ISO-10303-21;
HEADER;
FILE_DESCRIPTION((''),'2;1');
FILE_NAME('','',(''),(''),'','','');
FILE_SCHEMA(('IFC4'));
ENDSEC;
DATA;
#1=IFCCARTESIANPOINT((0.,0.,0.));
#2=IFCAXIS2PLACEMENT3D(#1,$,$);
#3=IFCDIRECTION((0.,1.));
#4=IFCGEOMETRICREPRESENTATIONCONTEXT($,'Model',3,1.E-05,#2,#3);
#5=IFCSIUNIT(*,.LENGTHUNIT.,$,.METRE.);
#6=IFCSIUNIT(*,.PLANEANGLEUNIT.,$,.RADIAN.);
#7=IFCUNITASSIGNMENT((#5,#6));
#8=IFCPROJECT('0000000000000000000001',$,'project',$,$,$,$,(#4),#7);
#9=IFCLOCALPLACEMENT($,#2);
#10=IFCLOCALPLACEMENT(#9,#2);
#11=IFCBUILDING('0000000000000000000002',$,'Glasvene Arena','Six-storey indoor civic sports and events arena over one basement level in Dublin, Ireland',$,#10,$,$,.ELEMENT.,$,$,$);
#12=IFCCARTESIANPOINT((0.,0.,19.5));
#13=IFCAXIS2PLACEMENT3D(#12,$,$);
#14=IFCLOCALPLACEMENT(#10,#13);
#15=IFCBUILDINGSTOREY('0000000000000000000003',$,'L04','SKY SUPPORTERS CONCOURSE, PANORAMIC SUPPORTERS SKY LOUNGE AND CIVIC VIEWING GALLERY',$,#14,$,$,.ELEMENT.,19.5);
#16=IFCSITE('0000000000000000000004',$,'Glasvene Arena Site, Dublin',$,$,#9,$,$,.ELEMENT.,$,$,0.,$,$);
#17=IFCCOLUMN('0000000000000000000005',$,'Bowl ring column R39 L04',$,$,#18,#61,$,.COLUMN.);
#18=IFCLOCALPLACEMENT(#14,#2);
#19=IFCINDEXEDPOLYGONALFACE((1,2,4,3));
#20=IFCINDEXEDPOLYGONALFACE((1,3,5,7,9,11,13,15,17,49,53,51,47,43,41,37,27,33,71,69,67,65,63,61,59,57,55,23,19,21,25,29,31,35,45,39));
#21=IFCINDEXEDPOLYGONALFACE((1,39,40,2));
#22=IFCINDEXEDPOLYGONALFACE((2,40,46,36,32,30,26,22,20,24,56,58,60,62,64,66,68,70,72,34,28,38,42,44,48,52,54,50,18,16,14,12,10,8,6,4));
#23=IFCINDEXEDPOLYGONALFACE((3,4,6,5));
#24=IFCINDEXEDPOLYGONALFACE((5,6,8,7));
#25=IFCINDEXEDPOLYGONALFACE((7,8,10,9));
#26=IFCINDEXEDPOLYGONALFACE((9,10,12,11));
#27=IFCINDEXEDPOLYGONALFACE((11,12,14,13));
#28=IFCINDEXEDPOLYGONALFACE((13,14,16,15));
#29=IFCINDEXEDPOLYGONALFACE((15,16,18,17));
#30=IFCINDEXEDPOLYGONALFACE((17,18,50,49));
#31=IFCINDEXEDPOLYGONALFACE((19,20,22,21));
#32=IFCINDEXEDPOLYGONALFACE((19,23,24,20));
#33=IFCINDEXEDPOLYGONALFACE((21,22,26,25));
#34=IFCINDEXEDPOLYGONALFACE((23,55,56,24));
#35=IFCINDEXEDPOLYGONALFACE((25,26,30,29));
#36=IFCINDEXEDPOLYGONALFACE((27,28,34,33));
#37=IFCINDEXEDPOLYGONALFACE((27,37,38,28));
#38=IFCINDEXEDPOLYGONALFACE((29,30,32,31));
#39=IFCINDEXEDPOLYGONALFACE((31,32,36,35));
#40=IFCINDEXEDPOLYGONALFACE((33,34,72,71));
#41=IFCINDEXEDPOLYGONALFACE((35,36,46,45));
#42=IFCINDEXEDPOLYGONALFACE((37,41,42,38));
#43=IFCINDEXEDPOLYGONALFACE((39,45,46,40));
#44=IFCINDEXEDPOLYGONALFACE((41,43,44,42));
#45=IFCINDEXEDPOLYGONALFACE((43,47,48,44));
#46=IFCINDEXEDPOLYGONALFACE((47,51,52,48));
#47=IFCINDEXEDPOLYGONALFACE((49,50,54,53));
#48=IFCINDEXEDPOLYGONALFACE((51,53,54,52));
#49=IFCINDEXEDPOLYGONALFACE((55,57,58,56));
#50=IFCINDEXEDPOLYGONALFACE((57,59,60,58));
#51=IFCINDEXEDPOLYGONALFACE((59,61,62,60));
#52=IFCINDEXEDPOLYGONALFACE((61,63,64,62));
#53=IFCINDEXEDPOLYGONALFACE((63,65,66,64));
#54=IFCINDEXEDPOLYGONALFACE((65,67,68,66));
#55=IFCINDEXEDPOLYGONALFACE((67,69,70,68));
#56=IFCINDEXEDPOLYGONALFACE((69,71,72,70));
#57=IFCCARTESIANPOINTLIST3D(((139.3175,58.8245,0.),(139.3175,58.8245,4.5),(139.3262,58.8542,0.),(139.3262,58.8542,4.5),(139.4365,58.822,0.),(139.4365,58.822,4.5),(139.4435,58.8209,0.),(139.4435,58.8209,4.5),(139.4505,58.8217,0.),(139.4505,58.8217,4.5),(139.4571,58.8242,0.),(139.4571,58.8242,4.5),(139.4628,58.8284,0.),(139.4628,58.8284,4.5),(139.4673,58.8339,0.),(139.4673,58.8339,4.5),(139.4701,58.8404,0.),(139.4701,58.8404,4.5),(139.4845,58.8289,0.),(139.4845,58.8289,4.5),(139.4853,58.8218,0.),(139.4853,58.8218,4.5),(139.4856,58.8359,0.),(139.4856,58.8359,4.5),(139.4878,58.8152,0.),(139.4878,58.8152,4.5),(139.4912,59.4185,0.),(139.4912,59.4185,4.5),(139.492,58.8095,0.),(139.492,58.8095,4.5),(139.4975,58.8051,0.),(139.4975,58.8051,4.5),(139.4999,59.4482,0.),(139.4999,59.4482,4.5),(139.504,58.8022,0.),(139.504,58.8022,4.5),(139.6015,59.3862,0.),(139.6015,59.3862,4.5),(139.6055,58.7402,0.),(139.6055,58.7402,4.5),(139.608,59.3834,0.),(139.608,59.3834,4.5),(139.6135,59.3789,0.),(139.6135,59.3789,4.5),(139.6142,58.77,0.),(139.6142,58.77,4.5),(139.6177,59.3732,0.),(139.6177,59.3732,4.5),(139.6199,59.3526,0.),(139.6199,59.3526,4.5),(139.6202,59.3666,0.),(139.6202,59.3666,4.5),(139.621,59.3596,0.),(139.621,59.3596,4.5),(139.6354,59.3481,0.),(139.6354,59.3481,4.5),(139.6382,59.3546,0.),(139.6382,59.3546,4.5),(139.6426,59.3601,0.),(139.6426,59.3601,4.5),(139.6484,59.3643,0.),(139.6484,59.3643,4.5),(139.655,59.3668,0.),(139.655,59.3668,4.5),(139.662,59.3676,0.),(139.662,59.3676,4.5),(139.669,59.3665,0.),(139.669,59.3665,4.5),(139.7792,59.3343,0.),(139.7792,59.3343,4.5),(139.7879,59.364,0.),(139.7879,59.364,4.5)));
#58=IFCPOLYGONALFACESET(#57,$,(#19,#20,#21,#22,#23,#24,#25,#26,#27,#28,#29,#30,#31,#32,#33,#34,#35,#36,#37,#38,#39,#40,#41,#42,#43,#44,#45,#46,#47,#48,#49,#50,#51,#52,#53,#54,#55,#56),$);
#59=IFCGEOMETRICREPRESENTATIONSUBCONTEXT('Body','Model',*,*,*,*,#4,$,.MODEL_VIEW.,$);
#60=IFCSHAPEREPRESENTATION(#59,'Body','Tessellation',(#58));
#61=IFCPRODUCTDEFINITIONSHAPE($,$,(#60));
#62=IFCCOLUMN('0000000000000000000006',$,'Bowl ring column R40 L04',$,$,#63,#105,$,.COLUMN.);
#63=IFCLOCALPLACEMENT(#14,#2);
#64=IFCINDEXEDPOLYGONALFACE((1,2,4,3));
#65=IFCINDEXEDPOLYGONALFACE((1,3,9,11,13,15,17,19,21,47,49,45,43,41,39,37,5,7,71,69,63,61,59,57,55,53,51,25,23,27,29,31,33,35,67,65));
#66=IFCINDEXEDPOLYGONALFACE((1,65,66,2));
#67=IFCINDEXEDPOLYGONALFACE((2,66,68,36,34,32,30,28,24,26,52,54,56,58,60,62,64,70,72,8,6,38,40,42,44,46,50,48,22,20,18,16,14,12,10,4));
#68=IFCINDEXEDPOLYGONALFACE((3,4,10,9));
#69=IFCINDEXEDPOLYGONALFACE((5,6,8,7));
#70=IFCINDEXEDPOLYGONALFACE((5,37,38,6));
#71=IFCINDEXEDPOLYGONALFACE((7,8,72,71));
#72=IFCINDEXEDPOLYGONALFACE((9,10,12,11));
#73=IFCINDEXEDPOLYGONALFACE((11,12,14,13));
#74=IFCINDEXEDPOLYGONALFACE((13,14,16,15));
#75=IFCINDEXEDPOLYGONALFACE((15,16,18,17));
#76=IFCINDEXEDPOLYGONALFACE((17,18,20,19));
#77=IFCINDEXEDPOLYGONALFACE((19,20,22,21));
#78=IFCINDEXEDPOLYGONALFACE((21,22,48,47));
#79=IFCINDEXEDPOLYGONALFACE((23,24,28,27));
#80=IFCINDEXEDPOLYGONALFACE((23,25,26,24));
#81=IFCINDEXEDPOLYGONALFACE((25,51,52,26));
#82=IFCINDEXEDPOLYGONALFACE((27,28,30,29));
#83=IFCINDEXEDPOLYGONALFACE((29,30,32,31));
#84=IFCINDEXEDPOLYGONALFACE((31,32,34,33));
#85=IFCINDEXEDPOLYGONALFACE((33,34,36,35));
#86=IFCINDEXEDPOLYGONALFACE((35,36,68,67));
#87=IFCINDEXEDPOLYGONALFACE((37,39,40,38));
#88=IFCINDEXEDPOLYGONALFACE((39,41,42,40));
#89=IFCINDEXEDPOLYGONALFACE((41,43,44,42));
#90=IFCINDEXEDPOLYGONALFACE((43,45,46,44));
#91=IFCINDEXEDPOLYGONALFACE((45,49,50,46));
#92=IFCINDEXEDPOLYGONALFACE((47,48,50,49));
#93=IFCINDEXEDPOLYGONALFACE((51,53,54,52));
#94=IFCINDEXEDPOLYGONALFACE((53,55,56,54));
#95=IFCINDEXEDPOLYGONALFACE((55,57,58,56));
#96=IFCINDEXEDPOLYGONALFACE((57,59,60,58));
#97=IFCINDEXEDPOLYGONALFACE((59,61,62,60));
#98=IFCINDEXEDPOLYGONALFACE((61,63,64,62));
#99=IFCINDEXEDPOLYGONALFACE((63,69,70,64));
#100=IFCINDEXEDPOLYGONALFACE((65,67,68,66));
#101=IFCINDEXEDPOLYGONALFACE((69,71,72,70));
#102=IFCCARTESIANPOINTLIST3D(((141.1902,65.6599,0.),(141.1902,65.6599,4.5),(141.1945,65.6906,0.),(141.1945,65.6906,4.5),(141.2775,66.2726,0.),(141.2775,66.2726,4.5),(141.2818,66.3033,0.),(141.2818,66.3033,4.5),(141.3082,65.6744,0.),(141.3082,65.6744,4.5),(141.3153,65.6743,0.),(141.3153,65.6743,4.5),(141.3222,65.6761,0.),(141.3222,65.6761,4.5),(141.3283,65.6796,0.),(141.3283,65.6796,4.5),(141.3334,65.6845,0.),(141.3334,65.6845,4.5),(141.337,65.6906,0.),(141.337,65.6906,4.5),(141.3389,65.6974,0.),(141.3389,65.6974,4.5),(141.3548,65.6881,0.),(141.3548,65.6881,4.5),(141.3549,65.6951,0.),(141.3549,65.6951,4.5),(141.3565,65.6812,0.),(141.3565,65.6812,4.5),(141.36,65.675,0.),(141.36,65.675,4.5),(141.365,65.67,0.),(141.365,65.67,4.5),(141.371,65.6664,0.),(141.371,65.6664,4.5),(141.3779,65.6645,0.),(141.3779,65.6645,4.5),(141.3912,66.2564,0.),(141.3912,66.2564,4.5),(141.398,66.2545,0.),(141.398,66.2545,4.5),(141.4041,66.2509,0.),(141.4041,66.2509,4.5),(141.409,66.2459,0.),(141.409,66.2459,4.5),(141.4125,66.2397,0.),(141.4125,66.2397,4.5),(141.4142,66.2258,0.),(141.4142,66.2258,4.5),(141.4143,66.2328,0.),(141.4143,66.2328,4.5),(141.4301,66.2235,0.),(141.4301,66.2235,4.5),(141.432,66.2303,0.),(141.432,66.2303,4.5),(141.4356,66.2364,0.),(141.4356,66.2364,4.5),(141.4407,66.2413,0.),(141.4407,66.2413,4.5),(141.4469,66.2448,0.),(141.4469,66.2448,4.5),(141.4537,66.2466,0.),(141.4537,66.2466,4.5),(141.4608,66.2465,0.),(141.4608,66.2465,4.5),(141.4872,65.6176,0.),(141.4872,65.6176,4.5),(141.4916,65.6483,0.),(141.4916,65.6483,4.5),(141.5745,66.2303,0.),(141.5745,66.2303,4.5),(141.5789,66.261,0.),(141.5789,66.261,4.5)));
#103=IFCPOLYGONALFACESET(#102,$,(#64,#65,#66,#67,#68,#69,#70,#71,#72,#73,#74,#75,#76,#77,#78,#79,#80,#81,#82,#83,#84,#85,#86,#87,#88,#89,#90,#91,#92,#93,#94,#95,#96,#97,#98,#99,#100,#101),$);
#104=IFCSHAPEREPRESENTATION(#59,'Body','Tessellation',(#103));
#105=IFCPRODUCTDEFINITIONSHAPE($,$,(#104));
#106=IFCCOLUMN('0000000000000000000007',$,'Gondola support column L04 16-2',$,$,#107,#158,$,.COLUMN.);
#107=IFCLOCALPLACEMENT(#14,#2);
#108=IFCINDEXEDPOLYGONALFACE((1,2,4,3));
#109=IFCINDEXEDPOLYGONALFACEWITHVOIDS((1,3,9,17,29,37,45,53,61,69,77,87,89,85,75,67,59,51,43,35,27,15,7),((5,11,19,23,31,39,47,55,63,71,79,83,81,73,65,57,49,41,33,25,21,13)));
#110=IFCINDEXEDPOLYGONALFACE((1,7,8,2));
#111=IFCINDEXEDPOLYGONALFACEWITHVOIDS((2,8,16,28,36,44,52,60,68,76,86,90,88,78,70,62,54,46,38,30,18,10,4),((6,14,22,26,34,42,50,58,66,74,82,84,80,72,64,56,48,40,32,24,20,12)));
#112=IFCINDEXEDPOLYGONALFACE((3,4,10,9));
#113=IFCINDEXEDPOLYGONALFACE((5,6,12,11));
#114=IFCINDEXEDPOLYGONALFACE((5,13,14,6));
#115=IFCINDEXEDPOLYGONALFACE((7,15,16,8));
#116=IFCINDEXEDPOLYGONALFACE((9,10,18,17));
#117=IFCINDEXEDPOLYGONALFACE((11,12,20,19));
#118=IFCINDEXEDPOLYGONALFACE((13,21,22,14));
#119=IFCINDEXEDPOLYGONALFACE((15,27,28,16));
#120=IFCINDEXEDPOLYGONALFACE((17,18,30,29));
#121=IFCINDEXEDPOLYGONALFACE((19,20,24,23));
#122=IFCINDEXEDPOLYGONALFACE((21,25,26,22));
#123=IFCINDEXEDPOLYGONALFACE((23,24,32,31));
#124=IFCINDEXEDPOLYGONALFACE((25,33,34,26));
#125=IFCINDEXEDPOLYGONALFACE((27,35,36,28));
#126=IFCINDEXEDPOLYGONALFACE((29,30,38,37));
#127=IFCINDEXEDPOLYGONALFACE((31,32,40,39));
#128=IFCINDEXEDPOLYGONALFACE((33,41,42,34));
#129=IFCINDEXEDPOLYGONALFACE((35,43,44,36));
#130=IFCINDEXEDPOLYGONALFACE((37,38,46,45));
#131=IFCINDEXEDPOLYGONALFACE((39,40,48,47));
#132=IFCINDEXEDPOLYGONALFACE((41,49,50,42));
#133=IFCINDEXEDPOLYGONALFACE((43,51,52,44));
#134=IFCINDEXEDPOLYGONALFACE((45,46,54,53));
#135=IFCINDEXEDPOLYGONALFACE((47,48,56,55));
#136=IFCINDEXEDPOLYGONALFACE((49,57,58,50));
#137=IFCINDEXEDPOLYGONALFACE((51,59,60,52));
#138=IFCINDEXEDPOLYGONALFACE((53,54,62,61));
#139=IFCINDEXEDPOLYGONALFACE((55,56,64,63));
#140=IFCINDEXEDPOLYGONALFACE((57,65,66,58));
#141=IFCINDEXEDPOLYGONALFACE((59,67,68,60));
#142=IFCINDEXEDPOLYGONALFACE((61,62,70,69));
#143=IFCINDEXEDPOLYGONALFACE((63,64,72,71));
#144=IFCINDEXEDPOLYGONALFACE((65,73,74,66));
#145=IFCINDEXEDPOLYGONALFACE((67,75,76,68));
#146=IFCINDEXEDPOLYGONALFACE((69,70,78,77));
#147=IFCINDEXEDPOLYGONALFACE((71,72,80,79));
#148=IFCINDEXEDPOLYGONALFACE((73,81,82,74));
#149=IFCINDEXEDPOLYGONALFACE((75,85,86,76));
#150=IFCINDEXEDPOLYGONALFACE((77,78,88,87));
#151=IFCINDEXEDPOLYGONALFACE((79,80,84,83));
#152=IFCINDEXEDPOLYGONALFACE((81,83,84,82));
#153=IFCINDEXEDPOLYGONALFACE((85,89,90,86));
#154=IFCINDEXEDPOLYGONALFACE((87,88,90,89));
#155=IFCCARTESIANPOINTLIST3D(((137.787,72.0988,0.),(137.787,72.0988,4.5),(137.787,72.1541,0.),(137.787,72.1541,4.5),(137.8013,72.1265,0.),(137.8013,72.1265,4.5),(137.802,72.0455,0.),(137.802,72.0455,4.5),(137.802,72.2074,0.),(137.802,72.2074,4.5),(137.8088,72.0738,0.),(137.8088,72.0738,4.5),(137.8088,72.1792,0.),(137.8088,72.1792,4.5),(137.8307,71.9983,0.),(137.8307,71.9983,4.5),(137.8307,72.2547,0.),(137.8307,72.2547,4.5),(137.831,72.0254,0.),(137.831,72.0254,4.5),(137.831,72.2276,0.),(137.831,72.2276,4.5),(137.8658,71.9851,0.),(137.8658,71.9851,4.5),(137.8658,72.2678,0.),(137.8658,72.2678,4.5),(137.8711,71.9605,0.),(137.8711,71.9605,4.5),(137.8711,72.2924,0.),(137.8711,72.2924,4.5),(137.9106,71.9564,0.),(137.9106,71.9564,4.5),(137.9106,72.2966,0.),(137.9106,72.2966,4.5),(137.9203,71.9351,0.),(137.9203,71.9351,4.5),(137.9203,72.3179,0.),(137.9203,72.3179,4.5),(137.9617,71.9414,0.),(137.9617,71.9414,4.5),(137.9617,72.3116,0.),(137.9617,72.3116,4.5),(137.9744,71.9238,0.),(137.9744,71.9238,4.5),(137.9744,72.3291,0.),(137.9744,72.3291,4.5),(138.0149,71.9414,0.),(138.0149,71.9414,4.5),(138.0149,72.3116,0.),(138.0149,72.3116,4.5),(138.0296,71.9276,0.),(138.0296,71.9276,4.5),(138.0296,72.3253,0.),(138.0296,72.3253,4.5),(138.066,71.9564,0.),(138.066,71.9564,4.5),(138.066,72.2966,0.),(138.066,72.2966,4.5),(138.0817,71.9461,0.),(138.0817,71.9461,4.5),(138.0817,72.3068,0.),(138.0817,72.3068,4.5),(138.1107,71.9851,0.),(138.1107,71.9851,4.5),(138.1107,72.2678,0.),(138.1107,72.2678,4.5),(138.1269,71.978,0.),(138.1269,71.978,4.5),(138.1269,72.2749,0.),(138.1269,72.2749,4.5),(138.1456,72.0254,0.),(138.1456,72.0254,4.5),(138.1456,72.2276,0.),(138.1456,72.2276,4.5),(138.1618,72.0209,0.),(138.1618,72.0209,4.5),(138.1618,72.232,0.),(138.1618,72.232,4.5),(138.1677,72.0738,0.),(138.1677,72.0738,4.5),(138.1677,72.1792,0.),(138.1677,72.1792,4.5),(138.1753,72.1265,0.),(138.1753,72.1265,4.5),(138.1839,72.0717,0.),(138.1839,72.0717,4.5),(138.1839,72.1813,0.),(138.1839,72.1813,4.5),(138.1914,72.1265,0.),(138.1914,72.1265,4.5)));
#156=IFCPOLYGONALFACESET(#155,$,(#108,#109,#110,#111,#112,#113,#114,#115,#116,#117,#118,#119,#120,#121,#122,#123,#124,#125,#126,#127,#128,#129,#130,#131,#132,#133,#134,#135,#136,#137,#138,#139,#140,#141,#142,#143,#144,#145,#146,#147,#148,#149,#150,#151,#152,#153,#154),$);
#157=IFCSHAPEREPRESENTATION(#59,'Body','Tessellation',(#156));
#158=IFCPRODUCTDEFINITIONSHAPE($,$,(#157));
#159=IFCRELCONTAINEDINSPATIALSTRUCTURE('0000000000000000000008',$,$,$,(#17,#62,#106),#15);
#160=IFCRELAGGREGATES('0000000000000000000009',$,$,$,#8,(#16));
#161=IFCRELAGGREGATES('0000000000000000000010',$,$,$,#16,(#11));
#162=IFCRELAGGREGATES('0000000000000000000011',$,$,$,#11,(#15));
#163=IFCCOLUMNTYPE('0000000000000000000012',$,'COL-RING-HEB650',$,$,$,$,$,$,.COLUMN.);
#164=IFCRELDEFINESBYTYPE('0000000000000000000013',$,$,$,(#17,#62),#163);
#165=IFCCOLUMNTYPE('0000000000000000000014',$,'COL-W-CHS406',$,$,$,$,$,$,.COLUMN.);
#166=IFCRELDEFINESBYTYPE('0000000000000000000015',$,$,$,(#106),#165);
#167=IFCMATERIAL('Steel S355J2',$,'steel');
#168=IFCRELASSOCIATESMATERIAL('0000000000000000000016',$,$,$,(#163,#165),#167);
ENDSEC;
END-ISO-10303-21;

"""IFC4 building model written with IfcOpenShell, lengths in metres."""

from ifc_helpers import new_model, si_unit, direction, frame, origin, origin_2d, place, context, subcontext, project, spatial, hollow_circle, i_section, extrude, material, material_profile, profile_set, type_object, element, save


model = new_model("IFC4")

# Units and contexts
model_context = context("Model", 3, precision=1e-05, world=origin(), true_north=direction((0.0, 1.0)))
body_context = subcontext(model_context, "Body", "Model", "MODEL_VIEW")
ifc_project = project(units=[si_unit("LENGTHUNIT", "METRE"), si_unit("PLANEANGLEUNIT", "RADIAN")], contexts=[model_context])

# Site, building, storey
site_placement = place(None, origin())
site = spatial("IfcSite", under=ifc_project, at=site_placement, Name="Glasvene Arena Site, Dublin", CompositionType="ELEMENT", RefElevation=0.0)
building_placement = place(site_placement, origin())
building = spatial("IfcBuilding", under=site, at=building_placement, Name="Glasvene Arena", Description="Six-storey indoor civic sports and events arena over one basement level in Dublin, Ireland", CompositionType="ELEMENT")
storey_placement = place(building_placement, frame((0.0, 0.0, 19.5)))
storey = spatial("IfcBuildingStorey", under=building, at=storey_placement, Name="L04", Description="SKY SUPPORTERS CONCOURSE, PANORAMIC SUPPORTERS SKY LOUNGE AND CIVIC VIEWING GALLERY", CompositionType="ELEMENT", Elevation=19.5)

# Columns
ifc_material_1 = material(Name="Steel S355J2", Category="steel")
ifc_material_profile_1 = material_profile(ifc_material_1, i_section(OverallWidth=0.3, OverallDepth=0.6499, WebThickness=0.0161, FlangeThickness=0.031, FilletRadius=0.0271, at=origin_2d()), Name="HEB 650")
ifc_profile_set_1 = profile_set([ifc_material_profile_1], Name="Steel S355J2")
column_type_1 = type_object("IfcColumnType", Name="COL-RING-HEB650", PredefinedType="COLUMN", material=ifc_profile_set_1)
for number, where, z_axis, x_axis, name in (
    (1, (139.5527, 59.0942, 0.0), (0.0, 0.0, 1.0), (0.959805, -0.280667, 0.0), "Bowl ring column R39 L04"),
    (2, (141.3845, 65.9604, 0.0), (0.0, 0.0, 1.0), (0.989999, -0.141074, 0.0), "Bowl ring column R40 L04"),
):
    element("IfcColumn", number, at=place(storey_placement, frame(where, z_axis=z_axis, x_axis=x_axis)), inside=storey, type_object=column_type_1, Name=name, PredefinedType="COLUMN", context=body_context, shape_type="SweptSolid", body=[
        extrude(i_section(OverallWidth=0.3, OverallDepth=0.6499, WebThickness=0.0161, FlangeThickness=0.031, FilletRadius=0.0271, at=origin_2d()), origin(), (0.0, 0.0, 1.0), 4.5),
    ])
ifc_material_profile_2 = material_profile(ifc_material_1, hollow_circle(Radius=0.2031, WallThickness=0.0161, at=origin_2d()), Name="CHS 406.4x16.0")
ifc_profile_set_2 = profile_set([ifc_material_profile_2], Name="Steel S355J2")
column_type_2 = type_object("IfcColumnType", Name="COL-W-CHS406", PredefinedType="COLUMN", material=ifc_profile_set_2)
column_placement = place(storey_placement, frame((137.9883, 72.1265, 0.0), z_axis=(0.0, 0.0, 1.0), x_axis=(1.0, 0.0, 0.0)))
element("IfcColumn", 3, at=column_placement, inside=storey, type_object=column_type_2, Name="Gondola support column L04 16-2", PredefinedType="COLUMN", context=body_context, shape_type="SweptSolid", body=[
    extrude(hollow_circle(Radius=0.2031, WallThickness=0.0161, at=origin_2d()), origin(), (0.0, 0.0, 1.0), 4.5),
])

save(model, "model.ifc")
